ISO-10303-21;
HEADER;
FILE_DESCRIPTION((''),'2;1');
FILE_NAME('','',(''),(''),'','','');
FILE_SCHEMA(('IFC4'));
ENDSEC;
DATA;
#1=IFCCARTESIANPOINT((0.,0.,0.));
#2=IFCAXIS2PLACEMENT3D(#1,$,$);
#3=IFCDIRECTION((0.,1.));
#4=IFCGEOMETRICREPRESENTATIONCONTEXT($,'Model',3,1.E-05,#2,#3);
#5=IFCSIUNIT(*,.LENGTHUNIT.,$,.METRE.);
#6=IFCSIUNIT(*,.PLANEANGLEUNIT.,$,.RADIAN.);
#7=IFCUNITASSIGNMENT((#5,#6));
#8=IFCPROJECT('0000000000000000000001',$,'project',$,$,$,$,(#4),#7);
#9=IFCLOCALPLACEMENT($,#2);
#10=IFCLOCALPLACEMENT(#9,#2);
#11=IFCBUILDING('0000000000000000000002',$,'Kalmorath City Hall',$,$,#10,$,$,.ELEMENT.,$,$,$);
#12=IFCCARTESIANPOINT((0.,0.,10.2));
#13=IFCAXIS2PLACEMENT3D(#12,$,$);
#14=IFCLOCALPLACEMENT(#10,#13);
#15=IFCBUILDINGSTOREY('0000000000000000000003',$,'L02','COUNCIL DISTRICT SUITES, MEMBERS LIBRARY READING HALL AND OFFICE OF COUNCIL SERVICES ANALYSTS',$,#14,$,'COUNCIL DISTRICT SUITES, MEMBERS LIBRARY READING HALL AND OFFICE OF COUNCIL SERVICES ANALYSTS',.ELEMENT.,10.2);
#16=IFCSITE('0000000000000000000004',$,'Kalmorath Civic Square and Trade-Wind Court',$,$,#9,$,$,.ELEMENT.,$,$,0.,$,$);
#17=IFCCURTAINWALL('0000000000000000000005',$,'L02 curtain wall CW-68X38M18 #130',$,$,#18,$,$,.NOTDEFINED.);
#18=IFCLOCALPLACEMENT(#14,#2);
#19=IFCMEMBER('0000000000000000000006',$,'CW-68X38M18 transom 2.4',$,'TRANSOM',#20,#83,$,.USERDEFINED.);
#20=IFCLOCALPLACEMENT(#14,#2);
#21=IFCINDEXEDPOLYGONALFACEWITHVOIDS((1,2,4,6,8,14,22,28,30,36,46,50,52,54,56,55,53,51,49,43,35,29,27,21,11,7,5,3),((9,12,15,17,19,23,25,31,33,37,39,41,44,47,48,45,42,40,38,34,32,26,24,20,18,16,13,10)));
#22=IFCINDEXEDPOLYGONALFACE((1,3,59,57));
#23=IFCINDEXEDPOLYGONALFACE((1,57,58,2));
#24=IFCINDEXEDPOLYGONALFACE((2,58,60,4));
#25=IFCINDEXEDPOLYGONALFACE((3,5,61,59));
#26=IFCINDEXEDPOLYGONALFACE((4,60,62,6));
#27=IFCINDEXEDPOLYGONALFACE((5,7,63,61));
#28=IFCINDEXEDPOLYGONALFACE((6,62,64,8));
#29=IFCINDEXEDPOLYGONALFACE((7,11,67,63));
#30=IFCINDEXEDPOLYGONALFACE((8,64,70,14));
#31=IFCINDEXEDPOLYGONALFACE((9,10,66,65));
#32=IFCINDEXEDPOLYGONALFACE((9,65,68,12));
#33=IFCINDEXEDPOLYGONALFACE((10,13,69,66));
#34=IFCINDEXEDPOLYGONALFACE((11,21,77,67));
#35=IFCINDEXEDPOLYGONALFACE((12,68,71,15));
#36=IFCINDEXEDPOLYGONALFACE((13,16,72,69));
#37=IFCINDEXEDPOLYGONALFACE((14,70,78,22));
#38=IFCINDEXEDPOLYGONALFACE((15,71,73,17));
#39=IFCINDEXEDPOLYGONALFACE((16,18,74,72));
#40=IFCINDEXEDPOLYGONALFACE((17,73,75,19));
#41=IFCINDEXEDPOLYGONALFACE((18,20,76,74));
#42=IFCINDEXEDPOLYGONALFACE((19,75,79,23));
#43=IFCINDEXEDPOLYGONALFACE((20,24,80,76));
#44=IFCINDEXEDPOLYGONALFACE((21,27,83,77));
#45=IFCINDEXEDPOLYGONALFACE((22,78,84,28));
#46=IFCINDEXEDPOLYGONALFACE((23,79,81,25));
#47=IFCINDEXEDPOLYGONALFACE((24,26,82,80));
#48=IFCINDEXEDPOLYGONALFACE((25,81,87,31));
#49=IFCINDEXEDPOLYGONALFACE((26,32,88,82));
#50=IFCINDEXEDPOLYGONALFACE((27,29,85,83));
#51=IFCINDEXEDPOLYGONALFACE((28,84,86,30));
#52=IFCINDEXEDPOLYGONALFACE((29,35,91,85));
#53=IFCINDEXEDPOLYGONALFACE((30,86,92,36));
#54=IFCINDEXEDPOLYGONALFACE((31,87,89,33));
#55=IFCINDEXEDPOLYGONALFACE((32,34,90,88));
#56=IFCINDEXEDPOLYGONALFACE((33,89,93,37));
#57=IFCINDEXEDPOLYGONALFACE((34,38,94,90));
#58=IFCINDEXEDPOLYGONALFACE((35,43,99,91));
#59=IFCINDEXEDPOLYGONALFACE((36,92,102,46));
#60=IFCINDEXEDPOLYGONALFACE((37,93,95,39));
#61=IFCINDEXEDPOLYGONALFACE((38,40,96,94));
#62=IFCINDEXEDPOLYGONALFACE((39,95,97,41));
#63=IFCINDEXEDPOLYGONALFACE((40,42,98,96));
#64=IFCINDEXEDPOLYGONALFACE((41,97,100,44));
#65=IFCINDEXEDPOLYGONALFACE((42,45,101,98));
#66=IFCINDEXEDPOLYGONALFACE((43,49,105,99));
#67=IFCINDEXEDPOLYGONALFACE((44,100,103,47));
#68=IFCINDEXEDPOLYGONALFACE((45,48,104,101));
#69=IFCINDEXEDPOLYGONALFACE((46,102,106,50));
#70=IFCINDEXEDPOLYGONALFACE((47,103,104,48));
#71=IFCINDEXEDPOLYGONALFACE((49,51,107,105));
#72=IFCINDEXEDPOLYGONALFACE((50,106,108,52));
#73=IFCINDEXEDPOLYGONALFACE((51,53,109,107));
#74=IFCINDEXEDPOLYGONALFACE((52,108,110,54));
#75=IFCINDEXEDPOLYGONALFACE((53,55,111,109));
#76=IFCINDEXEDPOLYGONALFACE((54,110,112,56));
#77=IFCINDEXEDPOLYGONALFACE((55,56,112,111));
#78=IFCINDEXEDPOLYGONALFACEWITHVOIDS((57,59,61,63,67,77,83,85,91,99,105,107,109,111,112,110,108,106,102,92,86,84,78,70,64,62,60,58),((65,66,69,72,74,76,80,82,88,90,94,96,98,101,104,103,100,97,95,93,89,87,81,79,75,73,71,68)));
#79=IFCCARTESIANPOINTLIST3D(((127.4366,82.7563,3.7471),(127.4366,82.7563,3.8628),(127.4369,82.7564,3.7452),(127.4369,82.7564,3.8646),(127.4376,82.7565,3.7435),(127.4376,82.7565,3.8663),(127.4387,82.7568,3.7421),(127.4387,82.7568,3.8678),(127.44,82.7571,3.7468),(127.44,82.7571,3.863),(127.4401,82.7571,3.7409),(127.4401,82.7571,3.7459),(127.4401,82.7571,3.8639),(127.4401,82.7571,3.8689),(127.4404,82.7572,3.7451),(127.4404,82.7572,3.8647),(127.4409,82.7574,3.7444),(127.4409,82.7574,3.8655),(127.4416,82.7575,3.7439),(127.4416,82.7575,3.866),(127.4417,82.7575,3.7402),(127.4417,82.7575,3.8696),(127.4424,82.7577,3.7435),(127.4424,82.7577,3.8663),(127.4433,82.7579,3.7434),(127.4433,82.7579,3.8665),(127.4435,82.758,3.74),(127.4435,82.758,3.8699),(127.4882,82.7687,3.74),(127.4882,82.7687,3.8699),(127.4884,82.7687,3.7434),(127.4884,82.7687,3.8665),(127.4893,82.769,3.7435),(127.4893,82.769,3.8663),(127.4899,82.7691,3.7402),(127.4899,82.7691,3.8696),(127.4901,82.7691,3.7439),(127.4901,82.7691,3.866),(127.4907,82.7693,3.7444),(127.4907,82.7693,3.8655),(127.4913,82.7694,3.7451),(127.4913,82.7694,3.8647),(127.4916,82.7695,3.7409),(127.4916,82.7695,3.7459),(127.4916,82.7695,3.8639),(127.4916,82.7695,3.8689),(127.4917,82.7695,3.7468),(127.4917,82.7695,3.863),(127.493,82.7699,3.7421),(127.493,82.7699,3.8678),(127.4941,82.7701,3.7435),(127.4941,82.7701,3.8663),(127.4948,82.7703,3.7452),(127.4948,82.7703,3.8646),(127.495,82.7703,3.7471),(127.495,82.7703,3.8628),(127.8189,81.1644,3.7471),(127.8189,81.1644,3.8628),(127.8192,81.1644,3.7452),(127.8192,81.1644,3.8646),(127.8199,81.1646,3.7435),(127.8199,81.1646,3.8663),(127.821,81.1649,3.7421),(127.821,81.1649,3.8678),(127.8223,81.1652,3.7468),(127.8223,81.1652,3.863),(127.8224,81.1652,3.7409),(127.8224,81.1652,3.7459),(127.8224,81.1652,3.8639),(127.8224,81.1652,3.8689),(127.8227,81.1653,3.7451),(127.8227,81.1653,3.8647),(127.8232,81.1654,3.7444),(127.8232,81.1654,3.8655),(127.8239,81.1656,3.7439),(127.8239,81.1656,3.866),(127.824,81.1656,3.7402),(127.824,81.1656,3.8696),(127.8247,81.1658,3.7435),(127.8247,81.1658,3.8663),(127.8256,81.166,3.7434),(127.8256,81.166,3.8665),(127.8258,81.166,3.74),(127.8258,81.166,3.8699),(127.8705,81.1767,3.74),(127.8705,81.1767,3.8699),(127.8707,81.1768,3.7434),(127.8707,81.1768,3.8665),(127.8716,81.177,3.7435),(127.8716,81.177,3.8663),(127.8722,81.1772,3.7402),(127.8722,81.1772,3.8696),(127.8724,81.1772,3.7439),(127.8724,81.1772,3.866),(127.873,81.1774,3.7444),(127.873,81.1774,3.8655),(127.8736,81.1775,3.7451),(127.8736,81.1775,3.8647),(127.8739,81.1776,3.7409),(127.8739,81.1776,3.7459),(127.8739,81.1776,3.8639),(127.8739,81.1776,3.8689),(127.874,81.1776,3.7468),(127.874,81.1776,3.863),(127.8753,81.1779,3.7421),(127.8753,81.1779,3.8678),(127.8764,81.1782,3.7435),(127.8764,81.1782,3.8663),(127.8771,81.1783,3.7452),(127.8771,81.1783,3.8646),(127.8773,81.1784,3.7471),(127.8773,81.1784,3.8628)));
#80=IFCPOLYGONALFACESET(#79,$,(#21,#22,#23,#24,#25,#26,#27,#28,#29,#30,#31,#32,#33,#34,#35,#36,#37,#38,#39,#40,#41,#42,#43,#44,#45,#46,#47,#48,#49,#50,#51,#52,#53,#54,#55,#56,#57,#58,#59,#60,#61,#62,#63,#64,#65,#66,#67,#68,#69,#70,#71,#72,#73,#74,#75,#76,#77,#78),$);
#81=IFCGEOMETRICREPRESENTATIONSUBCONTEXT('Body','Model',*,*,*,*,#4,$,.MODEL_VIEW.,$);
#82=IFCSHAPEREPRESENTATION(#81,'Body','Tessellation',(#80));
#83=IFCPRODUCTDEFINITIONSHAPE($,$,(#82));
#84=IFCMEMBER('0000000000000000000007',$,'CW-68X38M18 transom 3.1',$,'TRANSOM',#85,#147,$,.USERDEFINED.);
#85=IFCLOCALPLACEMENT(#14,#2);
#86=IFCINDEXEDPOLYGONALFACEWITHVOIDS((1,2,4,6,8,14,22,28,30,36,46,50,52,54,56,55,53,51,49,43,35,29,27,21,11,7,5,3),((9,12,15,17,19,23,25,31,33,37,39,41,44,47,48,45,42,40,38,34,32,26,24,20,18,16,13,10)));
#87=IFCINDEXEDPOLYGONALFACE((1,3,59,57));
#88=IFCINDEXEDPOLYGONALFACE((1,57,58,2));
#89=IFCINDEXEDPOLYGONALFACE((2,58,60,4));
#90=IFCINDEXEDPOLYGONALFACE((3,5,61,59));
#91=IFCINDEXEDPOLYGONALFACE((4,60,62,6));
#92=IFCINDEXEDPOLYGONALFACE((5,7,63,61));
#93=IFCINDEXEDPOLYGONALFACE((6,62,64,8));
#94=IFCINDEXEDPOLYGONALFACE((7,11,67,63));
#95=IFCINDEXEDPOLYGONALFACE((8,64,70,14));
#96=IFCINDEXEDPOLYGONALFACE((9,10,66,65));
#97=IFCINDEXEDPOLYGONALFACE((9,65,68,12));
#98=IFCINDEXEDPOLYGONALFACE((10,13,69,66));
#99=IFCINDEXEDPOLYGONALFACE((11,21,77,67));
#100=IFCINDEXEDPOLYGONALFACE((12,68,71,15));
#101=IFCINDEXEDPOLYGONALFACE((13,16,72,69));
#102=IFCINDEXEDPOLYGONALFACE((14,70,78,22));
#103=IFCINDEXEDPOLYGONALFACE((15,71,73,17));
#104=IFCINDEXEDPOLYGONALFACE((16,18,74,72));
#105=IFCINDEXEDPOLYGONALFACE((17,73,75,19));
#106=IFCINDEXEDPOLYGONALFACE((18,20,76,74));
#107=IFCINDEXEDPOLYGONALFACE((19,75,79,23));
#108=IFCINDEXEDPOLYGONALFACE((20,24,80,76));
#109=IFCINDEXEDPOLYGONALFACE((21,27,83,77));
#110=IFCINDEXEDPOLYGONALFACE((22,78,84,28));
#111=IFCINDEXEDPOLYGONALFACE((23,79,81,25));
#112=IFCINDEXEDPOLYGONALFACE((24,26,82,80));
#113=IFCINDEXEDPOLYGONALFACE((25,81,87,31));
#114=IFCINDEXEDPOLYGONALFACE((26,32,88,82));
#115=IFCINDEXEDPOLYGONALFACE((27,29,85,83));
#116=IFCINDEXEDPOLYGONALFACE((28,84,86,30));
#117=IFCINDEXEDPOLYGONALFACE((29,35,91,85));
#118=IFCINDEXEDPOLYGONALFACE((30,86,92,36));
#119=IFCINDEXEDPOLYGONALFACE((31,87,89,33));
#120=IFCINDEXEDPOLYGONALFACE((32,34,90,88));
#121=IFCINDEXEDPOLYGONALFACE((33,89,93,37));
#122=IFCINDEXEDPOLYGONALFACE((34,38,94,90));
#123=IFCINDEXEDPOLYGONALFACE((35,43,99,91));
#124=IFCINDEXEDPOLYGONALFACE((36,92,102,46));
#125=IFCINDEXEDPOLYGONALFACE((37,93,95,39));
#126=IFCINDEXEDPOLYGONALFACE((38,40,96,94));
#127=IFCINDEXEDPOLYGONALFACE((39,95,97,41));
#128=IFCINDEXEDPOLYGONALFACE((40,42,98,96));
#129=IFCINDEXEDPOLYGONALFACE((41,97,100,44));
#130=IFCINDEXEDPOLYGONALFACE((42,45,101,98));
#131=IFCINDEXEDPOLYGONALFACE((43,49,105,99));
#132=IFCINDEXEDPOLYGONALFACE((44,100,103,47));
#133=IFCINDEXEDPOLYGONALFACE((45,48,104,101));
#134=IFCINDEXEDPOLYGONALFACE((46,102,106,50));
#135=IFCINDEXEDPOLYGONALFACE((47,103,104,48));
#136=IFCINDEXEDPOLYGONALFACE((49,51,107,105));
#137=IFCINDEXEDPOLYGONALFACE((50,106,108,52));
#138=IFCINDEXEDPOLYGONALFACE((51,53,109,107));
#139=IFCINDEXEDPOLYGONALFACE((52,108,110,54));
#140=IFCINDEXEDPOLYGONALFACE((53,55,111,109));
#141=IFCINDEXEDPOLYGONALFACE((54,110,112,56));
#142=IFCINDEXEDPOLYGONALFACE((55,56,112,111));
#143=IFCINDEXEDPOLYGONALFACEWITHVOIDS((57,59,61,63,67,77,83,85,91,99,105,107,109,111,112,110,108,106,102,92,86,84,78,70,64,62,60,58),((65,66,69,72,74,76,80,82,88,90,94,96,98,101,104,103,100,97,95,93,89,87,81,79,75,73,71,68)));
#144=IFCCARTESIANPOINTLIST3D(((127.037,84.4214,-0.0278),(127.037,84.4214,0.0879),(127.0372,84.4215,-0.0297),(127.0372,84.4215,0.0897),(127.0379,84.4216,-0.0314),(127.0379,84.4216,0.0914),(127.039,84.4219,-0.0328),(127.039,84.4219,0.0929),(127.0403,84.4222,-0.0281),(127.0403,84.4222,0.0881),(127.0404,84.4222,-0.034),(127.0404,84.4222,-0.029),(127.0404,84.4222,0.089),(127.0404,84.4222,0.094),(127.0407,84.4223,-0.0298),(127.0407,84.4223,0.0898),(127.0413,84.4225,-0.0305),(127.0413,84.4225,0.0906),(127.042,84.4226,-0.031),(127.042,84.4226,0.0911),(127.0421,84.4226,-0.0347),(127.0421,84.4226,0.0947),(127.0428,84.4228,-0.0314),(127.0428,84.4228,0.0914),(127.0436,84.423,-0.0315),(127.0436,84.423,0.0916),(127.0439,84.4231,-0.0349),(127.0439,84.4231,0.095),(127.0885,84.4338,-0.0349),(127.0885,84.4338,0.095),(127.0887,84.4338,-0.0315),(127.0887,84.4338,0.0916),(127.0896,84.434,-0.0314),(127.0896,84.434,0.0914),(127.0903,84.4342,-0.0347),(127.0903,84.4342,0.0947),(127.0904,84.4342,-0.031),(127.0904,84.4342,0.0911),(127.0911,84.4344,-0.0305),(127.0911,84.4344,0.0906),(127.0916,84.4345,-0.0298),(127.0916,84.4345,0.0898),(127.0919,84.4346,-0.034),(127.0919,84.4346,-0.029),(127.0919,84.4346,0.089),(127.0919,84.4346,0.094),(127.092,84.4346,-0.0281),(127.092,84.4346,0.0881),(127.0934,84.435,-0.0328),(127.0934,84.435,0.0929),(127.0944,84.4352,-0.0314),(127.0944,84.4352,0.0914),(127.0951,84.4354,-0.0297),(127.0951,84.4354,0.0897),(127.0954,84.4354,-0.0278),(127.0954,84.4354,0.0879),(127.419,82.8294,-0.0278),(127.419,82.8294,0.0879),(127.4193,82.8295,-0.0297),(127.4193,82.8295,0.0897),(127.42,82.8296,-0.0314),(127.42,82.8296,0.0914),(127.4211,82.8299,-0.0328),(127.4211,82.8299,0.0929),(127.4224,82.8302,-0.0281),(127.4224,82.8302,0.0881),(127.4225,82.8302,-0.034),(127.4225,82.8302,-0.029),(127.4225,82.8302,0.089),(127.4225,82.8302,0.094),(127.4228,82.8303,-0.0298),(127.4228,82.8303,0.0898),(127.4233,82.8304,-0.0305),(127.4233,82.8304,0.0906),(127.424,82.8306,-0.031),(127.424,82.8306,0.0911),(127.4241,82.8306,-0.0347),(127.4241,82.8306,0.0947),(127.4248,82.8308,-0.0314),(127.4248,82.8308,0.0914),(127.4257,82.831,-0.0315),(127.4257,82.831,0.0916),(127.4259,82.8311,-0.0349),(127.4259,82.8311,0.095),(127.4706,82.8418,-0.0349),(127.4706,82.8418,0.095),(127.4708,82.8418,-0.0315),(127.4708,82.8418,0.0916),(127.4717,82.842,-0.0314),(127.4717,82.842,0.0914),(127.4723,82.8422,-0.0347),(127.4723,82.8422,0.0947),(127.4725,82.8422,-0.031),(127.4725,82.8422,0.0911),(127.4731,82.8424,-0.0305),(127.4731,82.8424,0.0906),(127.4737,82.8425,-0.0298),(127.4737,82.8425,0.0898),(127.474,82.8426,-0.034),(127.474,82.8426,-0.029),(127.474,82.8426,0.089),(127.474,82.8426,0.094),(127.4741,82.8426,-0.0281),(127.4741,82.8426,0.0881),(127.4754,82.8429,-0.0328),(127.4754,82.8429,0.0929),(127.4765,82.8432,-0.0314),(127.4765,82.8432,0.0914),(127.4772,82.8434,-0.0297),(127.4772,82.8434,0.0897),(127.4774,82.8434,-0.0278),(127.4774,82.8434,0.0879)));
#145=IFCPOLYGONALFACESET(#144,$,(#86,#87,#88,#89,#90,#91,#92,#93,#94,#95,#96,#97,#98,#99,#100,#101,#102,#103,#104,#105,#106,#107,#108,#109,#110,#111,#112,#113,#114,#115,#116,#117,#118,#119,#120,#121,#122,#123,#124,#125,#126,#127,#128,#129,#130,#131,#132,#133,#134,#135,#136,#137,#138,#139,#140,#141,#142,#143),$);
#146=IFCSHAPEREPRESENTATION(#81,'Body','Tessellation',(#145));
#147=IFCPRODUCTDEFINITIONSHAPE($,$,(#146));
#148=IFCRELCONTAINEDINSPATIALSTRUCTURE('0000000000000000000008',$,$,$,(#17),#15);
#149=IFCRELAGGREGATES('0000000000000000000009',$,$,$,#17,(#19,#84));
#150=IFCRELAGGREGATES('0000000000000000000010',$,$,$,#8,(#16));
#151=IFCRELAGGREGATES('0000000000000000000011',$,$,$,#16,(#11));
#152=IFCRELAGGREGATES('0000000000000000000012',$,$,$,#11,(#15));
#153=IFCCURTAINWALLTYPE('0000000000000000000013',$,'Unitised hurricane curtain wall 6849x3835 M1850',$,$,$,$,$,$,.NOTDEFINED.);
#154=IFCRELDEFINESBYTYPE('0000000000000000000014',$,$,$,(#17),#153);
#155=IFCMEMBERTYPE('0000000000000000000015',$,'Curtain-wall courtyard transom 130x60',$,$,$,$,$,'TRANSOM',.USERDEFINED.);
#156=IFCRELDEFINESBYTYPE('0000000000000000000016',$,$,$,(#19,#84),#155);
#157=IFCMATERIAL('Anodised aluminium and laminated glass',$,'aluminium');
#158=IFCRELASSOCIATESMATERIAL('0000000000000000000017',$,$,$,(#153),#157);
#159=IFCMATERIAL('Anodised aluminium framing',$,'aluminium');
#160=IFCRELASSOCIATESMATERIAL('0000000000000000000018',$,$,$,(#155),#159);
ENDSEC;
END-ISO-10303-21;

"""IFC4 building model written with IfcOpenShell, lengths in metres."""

from ifc_helpers import new_model, si_unit, direction, frame, origin, origin_2d, place, context, subcontext, project, spatial, hollow_rectangle, extrude, material, material_profile, profile_set, type_object, element, aggregate, save


model = new_model("IFC4")

# Units and contexts
model_context = context("Model", 3, precision=1e-05, world=origin(), true_north=direction((0.0, 1.0)))
body_context = subcontext(model_context, "Body", "Model", "MODEL_VIEW")
ifc_project = project(units=[si_unit("LENGTHUNIT", "METRE"), si_unit("PLANEANGLEUNIT", "RADIAN")], contexts=[model_context])

# Site, building, storey
site_placement = place(None, origin())
site = spatial("IfcSite", under=ifc_project, at=site_placement, Name="Kalmorath Civic Square and Trade-Wind Court", CompositionType="ELEMENT", RefElevation=0.0)
building_placement = place(site_placement, origin())
building = spatial("IfcBuilding", under=site, at=building_placement, Name="Kalmorath City Hall", CompositionType="ELEMENT")
storey_placement = place(building_placement, frame((0.0, 0.0, 10.2)))
storey = spatial("IfcBuildingStorey", under=building, at=storey_placement, Name="L02", Description="COUNCIL DISTRICT SUITES, MEMBERS LIBRARY READING HALL AND OFFICE OF COUNCIL SERVICES ANALYSTS", LongName="COUNCIL DISTRICT SUITES, MEMBERS LIBRARY READING HALL AND OFFICE OF COUNCIL SERVICES ANALYSTS", CompositionType="ELEMENT", Elevation=10.2)

# Curtain wall, members
ifc_material_1 = material(Name="Anodised aluminium and laminated glass", Category="aluminium")
curtain_wall_type_1 = type_object("IfcCurtainWallType", Name="Unitised hurricane curtain wall 6849x3835 M1850", PredefinedType="NOTDEFINED", material=ifc_material_1)
curtain_wall_1_placement = place(storey_placement, origin())
curtain_wall_1 = element("IfcCurtainWall", 1, at=curtain_wall_1_placement, inside=storey, type_object=curtain_wall_type_1, Name="L02 curtain wall CW-68X38M18 #130", PredefinedType="NOTDEFINED")
ifc_material_2 = material(Name="Anodised aluminium framing", Category="aluminium")
ifc_material_profile_1 = material_profile(ifc_material_2, hollow_rectangle(XDim=0.0601, YDim=0.1299, WallThickness=0.0034, InnerFilletRadius=0.0034, OuterFilletRadius=0.0071, at=origin_2d()), Name="ALU-TRN-130X60X3.5")
ifc_profile_set_1 = profile_set([ifc_material_profile_1], Name="Anodised aluminium framing")
member_type_1 = type_object("IfcMemberType", Name="Curtain-wall courtyard transom 130x60", ElementType="TRANSOM", PredefinedType="USERDEFINED", material=ifc_profile_set_1)
member_1_placement = place(storey_placement, frame((127.8481, 81.1714, 3.8049), z_axis=(-0.233508, 0.972355, 0.0), x_axis=(-0.972355, -0.233508, 0.0)))
member_1 = element("IfcMember", 2, at=member_1_placement, type_object=member_type_1, Name="CW-68X38M18 transom 2.4", ObjectType="TRANSOM", PredefinedType="USERDEFINED", context=body_context, shape_type="SweptSolid", body=[
    extrude(hollow_rectangle(XDim=0.0601, YDim=0.1299, WallThickness=0.0034, InnerFilletRadius=0.0034, OuterFilletRadius=0.0071, at=origin_2d()), origin(), (0.0, 0.0, 1.0), 1.6372),
])
member_2_placement = place(storey_placement, frame((127.4482, 82.8364, 0.03), z_axis=(-0.233367, 0.972389, 0.0), x_axis=(-0.972389, -0.233367, 0.0)))
member_2 = element("IfcMember", 3, at=member_2_placement, type_object=member_type_1, Name="CW-68X38M18 transom 3.1", ObjectType="TRANSOM", PredefinedType="USERDEFINED", context=body_context, shape_type="SweptSolid", body=[
    extrude(hollow_rectangle(XDim=0.0601, YDim=0.1299, WallThickness=0.0034, InnerFilletRadius=0.0034, OuterFilletRadius=0.0071, at=origin_2d()), origin(), (0.0, 0.0, 1.0), 1.6372),
])

aggregate(curtain_wall_1, [member_1, member_2])

save(model, "model.ifc")
